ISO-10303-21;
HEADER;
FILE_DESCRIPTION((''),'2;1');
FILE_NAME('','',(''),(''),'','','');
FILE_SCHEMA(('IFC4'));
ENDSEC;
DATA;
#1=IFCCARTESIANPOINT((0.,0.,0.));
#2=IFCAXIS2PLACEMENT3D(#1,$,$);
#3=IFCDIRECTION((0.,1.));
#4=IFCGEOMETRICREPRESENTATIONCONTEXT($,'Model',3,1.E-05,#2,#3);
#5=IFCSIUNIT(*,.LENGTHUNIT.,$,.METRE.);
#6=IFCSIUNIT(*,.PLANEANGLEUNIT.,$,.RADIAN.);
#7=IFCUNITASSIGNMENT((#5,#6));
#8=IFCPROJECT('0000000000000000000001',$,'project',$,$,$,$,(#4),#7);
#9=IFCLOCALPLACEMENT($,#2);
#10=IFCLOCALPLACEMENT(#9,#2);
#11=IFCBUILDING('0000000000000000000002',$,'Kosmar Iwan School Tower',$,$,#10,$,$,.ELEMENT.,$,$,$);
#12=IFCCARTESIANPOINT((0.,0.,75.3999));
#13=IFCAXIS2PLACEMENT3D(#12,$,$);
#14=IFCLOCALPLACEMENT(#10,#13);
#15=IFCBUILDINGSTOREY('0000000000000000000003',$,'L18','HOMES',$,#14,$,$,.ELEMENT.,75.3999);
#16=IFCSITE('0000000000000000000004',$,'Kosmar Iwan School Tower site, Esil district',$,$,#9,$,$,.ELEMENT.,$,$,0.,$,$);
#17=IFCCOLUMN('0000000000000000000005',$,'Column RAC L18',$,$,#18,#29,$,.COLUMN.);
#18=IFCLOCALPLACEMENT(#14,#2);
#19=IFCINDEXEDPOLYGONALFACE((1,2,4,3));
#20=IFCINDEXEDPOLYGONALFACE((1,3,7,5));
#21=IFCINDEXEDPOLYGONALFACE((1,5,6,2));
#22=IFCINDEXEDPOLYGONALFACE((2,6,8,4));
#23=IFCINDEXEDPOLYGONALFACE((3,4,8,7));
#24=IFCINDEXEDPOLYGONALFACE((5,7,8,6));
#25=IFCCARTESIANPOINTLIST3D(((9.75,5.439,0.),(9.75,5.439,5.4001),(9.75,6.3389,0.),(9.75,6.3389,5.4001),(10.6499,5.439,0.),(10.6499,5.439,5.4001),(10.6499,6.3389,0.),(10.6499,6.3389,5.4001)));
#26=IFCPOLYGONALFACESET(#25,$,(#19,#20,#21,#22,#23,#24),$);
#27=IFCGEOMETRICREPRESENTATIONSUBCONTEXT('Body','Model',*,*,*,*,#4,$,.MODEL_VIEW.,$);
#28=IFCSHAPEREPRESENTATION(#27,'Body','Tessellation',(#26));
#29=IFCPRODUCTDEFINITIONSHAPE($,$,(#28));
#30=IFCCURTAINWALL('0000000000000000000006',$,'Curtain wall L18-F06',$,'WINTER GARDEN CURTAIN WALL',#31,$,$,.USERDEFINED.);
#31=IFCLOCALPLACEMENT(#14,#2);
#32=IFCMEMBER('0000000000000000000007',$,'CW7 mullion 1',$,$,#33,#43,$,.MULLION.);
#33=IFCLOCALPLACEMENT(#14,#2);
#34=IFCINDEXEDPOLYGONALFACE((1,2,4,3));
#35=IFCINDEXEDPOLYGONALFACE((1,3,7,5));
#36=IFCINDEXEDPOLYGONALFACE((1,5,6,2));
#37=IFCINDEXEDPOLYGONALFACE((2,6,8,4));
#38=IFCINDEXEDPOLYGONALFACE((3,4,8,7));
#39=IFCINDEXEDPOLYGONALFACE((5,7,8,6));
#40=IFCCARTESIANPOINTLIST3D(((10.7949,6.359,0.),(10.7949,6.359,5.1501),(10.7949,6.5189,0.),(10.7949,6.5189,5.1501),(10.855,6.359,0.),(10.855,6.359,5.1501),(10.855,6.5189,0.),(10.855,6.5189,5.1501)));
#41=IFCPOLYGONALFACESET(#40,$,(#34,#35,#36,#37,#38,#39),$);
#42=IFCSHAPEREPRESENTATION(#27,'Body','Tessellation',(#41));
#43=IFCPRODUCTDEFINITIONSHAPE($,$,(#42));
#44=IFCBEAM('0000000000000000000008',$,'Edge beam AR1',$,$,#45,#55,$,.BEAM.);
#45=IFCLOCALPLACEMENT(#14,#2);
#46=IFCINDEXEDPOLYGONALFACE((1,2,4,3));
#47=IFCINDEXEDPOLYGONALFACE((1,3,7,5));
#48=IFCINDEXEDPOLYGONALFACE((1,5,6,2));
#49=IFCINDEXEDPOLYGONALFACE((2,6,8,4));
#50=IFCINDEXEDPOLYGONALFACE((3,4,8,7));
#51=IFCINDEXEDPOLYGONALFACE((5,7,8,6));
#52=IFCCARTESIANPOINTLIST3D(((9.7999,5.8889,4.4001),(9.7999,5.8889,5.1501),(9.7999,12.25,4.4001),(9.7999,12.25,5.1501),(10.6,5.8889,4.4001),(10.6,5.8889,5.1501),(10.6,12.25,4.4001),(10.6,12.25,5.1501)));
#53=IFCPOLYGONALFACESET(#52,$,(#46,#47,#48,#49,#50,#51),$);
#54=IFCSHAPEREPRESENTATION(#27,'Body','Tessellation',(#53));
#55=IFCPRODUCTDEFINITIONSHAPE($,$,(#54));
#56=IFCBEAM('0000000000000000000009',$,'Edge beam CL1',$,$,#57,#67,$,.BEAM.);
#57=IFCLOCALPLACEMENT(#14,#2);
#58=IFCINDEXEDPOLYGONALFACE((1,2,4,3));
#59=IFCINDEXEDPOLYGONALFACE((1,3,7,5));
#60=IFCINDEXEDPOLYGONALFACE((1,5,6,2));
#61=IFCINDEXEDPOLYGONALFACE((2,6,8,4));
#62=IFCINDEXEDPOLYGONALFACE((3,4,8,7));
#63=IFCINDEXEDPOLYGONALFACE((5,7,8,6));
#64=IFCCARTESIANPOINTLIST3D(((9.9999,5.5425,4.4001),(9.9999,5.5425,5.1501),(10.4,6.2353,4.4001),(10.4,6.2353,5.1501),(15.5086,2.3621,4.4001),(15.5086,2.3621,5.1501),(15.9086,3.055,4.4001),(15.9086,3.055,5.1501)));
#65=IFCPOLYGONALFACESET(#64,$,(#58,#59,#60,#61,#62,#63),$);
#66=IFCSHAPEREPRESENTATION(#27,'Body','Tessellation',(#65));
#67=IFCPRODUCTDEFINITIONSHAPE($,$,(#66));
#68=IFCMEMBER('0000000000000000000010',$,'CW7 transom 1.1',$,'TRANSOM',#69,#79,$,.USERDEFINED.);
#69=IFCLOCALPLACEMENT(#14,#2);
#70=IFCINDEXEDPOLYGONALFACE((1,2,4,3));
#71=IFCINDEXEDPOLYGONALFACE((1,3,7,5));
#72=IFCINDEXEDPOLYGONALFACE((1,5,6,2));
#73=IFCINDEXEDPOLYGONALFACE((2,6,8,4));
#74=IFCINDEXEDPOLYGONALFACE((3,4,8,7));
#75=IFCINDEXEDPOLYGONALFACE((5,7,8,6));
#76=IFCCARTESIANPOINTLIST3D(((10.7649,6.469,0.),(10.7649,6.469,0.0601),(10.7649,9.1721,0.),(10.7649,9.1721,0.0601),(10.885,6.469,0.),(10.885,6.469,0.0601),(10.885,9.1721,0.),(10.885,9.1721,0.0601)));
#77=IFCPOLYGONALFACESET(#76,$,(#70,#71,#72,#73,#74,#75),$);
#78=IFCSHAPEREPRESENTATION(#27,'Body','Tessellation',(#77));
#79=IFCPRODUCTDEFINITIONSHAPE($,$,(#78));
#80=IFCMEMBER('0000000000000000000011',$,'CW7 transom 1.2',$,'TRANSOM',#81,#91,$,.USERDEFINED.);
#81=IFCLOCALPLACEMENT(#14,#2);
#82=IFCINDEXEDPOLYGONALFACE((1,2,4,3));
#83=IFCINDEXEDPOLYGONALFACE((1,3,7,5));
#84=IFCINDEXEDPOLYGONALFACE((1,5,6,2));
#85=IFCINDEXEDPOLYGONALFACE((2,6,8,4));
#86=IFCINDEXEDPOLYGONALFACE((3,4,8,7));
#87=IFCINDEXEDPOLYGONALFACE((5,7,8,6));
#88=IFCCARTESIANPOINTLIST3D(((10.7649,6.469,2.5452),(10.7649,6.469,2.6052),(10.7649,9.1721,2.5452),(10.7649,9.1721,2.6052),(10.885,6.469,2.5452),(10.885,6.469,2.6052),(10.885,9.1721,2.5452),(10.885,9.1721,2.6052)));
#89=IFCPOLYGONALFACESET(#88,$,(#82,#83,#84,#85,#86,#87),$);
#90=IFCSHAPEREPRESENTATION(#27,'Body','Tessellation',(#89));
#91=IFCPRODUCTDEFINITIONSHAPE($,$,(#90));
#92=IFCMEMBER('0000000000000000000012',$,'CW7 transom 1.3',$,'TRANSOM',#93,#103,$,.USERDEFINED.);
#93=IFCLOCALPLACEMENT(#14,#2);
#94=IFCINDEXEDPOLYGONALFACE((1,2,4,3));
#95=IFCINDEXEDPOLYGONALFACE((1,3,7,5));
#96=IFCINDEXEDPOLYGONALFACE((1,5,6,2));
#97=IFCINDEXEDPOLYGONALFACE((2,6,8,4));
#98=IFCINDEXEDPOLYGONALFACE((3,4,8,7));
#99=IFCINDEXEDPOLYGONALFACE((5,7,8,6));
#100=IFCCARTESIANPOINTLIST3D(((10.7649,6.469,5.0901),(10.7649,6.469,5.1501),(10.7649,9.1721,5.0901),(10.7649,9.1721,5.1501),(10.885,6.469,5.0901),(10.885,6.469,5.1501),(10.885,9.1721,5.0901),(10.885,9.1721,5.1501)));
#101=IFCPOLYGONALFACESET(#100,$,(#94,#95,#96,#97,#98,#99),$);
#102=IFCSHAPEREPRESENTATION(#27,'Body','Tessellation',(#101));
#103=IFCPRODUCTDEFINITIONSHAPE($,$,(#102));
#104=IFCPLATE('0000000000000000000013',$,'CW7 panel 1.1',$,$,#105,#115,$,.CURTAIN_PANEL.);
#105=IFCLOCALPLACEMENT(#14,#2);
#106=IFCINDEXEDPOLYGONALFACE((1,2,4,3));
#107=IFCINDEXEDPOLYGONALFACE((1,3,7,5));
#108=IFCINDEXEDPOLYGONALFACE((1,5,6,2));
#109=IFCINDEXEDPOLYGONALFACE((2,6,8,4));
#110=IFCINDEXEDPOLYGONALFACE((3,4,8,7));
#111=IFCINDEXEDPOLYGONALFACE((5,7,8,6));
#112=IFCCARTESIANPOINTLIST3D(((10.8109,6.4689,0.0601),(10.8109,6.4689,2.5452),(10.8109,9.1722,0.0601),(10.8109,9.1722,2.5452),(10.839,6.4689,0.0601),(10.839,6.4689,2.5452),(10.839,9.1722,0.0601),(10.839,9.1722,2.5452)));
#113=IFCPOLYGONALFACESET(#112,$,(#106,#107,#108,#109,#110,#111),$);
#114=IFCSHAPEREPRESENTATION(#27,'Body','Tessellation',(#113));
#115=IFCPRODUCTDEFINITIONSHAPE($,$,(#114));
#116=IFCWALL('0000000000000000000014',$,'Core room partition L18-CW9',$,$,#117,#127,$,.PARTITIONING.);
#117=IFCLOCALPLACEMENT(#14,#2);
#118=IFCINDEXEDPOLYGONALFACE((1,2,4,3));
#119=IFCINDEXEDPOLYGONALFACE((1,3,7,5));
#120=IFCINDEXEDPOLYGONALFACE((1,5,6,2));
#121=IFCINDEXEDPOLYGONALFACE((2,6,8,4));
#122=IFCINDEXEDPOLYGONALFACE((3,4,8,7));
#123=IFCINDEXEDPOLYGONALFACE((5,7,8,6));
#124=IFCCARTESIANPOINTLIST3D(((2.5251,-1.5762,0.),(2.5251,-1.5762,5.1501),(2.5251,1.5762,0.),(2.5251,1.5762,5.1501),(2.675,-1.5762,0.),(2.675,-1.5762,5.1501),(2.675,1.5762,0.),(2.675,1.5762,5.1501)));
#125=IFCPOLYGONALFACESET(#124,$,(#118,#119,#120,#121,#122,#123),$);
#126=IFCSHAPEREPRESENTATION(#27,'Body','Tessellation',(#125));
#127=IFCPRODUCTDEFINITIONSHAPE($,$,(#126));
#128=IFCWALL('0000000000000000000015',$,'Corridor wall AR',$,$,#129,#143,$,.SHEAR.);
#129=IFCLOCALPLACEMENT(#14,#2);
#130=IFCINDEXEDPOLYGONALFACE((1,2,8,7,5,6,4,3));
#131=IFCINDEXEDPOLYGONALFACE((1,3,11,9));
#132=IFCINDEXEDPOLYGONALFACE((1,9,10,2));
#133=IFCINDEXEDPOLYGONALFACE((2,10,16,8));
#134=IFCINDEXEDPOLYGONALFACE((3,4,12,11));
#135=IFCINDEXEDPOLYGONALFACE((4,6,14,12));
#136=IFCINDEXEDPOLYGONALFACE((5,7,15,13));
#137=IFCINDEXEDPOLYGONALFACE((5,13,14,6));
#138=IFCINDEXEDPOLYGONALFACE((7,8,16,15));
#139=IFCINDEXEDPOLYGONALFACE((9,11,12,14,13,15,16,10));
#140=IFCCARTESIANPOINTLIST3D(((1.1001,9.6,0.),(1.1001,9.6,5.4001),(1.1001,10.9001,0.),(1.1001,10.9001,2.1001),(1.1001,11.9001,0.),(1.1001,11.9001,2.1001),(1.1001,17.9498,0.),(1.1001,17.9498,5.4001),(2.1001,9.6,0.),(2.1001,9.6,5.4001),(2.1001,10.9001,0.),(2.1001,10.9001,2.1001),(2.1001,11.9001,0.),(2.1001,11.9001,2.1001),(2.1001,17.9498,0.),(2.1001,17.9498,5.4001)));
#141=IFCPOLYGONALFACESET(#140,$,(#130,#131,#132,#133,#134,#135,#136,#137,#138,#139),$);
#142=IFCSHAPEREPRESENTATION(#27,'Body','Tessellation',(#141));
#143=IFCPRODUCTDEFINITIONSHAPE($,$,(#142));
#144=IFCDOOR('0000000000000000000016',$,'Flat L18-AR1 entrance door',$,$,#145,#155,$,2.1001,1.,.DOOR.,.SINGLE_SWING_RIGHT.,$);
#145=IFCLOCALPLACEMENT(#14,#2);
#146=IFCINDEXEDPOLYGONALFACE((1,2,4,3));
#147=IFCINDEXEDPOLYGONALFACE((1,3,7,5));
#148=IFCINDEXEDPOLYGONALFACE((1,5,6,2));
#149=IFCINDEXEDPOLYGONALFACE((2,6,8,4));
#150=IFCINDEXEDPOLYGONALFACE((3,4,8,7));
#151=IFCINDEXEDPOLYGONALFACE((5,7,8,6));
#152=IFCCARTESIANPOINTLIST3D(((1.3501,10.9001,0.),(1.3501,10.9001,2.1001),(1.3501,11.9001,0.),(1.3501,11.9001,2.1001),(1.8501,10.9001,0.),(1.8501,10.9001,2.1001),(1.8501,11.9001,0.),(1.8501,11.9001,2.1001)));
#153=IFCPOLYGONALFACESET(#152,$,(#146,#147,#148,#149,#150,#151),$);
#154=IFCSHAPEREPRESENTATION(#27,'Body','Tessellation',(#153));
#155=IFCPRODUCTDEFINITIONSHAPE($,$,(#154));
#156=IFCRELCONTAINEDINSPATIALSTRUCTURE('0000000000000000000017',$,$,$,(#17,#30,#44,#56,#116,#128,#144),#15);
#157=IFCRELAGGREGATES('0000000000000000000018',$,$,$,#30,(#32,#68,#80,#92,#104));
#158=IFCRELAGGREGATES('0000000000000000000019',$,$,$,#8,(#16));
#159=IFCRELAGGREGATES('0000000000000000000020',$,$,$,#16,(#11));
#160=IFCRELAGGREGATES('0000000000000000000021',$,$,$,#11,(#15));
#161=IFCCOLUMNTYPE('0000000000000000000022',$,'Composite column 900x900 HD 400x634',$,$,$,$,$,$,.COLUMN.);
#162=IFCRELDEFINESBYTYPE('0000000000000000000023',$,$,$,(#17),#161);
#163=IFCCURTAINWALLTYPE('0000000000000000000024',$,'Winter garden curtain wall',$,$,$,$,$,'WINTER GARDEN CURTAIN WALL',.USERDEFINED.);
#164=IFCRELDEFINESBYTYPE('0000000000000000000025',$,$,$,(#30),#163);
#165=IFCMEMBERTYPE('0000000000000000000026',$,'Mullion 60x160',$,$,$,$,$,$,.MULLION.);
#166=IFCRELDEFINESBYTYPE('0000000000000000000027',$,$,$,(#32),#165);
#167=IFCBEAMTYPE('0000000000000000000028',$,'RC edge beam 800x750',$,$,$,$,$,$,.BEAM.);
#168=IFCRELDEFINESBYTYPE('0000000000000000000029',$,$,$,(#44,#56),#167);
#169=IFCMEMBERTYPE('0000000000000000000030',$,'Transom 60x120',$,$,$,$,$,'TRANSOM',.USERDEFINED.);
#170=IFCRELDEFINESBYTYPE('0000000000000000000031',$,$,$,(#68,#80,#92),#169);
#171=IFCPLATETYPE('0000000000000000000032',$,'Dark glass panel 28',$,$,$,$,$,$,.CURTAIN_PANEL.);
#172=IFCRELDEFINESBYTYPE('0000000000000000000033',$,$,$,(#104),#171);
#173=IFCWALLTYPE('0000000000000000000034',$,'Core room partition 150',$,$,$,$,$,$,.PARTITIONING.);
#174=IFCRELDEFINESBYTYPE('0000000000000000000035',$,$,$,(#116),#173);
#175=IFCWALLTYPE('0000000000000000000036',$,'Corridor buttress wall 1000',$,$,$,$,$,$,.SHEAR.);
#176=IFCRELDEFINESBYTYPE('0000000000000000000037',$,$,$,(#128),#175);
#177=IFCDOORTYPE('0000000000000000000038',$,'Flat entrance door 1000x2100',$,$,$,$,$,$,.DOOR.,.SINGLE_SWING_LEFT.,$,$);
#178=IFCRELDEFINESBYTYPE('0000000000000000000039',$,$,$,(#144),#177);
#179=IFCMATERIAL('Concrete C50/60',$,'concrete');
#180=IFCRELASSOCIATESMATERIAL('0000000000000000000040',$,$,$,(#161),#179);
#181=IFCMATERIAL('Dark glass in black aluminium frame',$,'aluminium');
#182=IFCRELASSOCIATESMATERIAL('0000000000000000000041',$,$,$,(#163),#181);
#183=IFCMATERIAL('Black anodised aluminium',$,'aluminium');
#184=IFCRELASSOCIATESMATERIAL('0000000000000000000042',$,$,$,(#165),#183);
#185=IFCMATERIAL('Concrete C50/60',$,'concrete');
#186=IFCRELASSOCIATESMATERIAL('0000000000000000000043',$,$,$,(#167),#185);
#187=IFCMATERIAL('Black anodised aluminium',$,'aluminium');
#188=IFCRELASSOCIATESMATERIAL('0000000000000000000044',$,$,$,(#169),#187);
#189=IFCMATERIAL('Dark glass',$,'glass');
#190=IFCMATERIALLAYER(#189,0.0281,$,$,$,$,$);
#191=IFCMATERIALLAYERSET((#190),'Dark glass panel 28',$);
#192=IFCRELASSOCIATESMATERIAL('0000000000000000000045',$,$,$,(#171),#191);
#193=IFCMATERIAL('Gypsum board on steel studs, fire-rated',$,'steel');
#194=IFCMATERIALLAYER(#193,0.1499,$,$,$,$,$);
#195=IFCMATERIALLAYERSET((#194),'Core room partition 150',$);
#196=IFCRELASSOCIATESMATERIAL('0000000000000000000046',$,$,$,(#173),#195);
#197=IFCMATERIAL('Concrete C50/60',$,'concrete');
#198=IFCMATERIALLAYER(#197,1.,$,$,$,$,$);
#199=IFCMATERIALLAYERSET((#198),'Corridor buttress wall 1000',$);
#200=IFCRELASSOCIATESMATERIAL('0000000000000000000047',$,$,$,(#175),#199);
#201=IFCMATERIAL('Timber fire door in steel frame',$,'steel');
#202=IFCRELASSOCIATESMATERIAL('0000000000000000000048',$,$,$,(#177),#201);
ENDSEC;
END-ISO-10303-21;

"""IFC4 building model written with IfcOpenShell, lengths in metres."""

from ifc_helpers import new_model, si_unit, direction, frame, frame_2d, origin, origin_2d, place, context, subcontext, project, spatial, rectangle, extrude, material, layer, layer_set, material_profile, profile_set, type_object, element, fill, aggregate, save


model = new_model("IFC4")

# Units and contexts
model_context = context("Model", 3, precision=1e-05, world=origin(), true_north=direction((0.0, 1.0)))
body_context = subcontext(model_context, "Body", "Model", "MODEL_VIEW")
ifc_project = project(units=[si_unit("LENGTHUNIT", "METRE"), si_unit("PLANEANGLEUNIT", "RADIAN")], contexts=[model_context])

# Site, building, storey
site_placement = place(None, origin())
site = spatial("IfcSite", under=ifc_project, at=site_placement, Name="Kosmar Iwan School Tower site, Esil district", CompositionType="ELEMENT", RefElevation=0.0)
building_placement = place(site_placement, origin())
building = spatial("IfcBuilding", under=site, at=building_placement, Name="Kosmar Iwan School Tower", CompositionType="ELEMENT")
storey_placement = place(building_placement, frame((0.0, 0.0, 75.3999)))
storey = spatial("IfcBuildingStorey", under=building, at=storey_placement, Name="L18", Description="HOMES", CompositionType="ELEMENT", Elevation=75.3999)

# Column
ifc_material_1 = material(Name="Concrete C50/60", Category="concrete")
ifc_material_profile_1 = material_profile(ifc_material_1, rectangle(XDim=0.8999, YDim=0.8999, at=origin_2d()), Name="RC 900x900 + HD 400x634")
ifc_profile_set_1 = profile_set([ifc_material_profile_1], Name="Concrete C50/60")
column_type = type_object("IfcColumnType", Name="Composite column 900x900 HD 400x634", PredefinedType="COLUMN", material=ifc_profile_set_1)
column_placement = place(storey_placement, frame((10.2, 5.8889, 0.0), z_axis=(0.0, 0.0, 1.0), x_axis=(1.0, 0.0, 0.0)))
element("IfcColumn", 1, at=column_placement, inside=storey, type_object=column_type, Name="Column RAC L18", PredefinedType="COLUMN", context=body_context, shape_type="SweptSolid", body=[
    extrude(rectangle(XDim=0.8999, YDim=0.8999, at=origin_2d()), origin(), (0.0, 0.0, 1.0), 5.4001),
])

# Curtain wall, member
ifc_material_2 = material(Name="Dark glass in black aluminium frame", Category="aluminium")
curtain_wall_type = type_object("IfcCurtainWallType", Name="Winter garden curtain wall", ElementType="WINTER GARDEN CURTAIN WALL", PredefinedType="USERDEFINED", material=ifc_material_2)
curtain_wall_placement = place(storey_placement, origin())
curtain_wall = element("IfcCurtainWall", 2, at=curtain_wall_placement, inside=storey, type_object=curtain_wall_type, Name="Curtain wall L18-F06", ObjectType="WINTER GARDEN CURTAIN WALL", PredefinedType="USERDEFINED")
ifc_material_3 = material(Name="Black anodised aluminium", Category="aluminium")
ifc_material_profile_2 = material_profile(ifc_material_3, rectangle(XDim=0.0601, YDim=0.1599, at=origin_2d()), Name="MULLION 60x160")
ifc_profile_set_2 = profile_set([ifc_material_profile_2], Name="Black anodised aluminium")
member_type_1 = type_object("IfcMemberType", Name="Mullion 60x160", PredefinedType="MULLION", material=ifc_profile_set_2)
member_1_placement = place(storey_placement, frame((10.825, 6.439, 0.0), z_axis=(0.0, 0.0, 1.0), x_axis=(-1.0, 0.0, 0.0)))
member_1 = element("IfcMember", 3, at=member_1_placement, type_object=member_type_1, Name="CW7 mullion 1", PredefinedType="MULLION", context=body_context, shape_type="SweptSolid", body=[
    extrude(rectangle(XDim=0.0601, YDim=0.1599, at=origin_2d()), origin(), (0.0, 0.0, 1.0), 5.1501),
])

# Beams
ifc_material_4 = material(Name="Concrete C50/60", Category="concrete")
ifc_material_profile_3 = material_profile(ifc_material_4, rectangle(XDim=0.8, YDim=0.75, at=origin_2d()), Name="RC 800x750")
ifc_profile_set_3 = profile_set([ifc_material_profile_3], Name="Concrete C50/60")
beam_type = type_object("IfcBeamType", Name="RC edge beam 800x750", PredefinedType="BEAM", material=ifc_profile_set_3)
beam_1_placement = place(storey_placement, frame((10.2, 5.8889, 4.7751), z_axis=(0.0, 1.0, 0.0), x_axis=(-1.0, 0.0, 0.0)))
element("IfcBeam", 4, at=beam_1_placement, inside=storey, type_object=beam_type, Name="Edge beam AR1", PredefinedType="BEAM", context=body_context, shape_type="SweptSolid", body=[
    extrude(rectangle(XDim=0.8, YDim=0.75, at=origin_2d()), origin(), (0.0, 0.0, 1.0), 6.3611),
])
beam_2_placement = place(storey_placement, frame((10.2, 5.8889, 4.7751), z_axis=(0.866031, -0.49999, 0.0), x_axis=(0.49999, 0.866031, 0.0)))
element("IfcBeam", 5, at=beam_2_placement, inside=storey, type_object=beam_type, Name="Edge beam CL1", PredefinedType="BEAM", context=body_context, shape_type="SweptSolid", body=[
    extrude(rectangle(XDim=0.8, YDim=0.75, at=origin_2d()), origin(), (0.0, 0.0, 1.0), 6.3608),
])

# Members
ifc_material_5 = material(Name="Black anodised aluminium", Category="aluminium")
ifc_material_profile_4 = material_profile(ifc_material_5, rectangle(XDim=0.1201, YDim=0.0601, at=origin_2d()), Name="TRANSOM 60x120")
ifc_profile_set_4 = profile_set([ifc_material_profile_4], Name="Black anodised aluminium")
member_type_2 = type_object("IfcMemberType", Name="Transom 60x120", ElementType="TRANSOM", PredefinedType="USERDEFINED", material=ifc_profile_set_4)
member_2_placement = place(storey_placement, frame((10.825, 6.469, 0.03), z_axis=(0.0, 1.0, 0.0), x_axis=(-1.0, 0.0, 0.0)))
member_2 = element("IfcMember", 6, at=member_2_placement, type_object=member_type_2, Name="CW7 transom 1.1", ObjectType="TRANSOM", PredefinedType="USERDEFINED", context=body_context, shape_type="SweptSolid", body=[
    extrude(rectangle(XDim=0.1201, YDim=0.0601, at=origin_2d()), origin(), (0.0, 0.0, 1.0), 2.7031),
])
member_3_placement = place(storey_placement, frame((10.825, 6.469, 2.5752), z_axis=(0.0, 1.0, 0.0), x_axis=(-1.0, 0.0, 0.0)))
member_3 = element("IfcMember", 7, at=member_3_placement, type_object=member_type_2, Name="CW7 transom 1.2", ObjectType="TRANSOM", PredefinedType="USERDEFINED", context=body_context, shape_type="SweptSolid", body=[
    extrude(rectangle(XDim=0.1201, YDim=0.0601, at=origin_2d()), origin(), (0.0, 0.0, 1.0), 2.7031),
])
member_4_placement = place(storey_placement, frame((10.825, 6.469, 5.1201), z_axis=(0.0, 1.0, 0.0), x_axis=(-1.0, 0.0, 0.0)))
member_4 = element("IfcMember", 8, at=member_4_placement, type_object=member_type_2, Name="CW7 transom 1.3", ObjectType="TRANSOM", PredefinedType="USERDEFINED", context=body_context, shape_type="SweptSolid", body=[
    extrude(rectangle(XDim=0.1201, YDim=0.0601, at=origin_2d()), origin(), (0.0, 0.0, 1.0), 2.7031),
])

# Plate
ifc_material_6 = material(Name="Dark glass", Category="glass")
ifc_layer_1 = layer(ifc_material_6, 0.0281)
ifc_layer_set_1 = layer_set([ifc_layer_1], Name="Dark glass panel 28")
plate_type = type_object("IfcPlateType", Name="Dark glass panel 28", PredefinedType="CURTAIN_PANEL", material=ifc_layer_set_1)
plate_placement = place(storey_placement, frame((10.825, 7.8206, 0.0601), z_axis=(0.0, 0.0, 1.0), x_axis=(0.0, 1.0, 0.0)))
plate = element("IfcPlate", 9, at=plate_placement, type_object=plate_type, Name="CW7 panel 1.1", PredefinedType="CURTAIN_PANEL", context=body_context, shape_type="SweptSolid", body=[
    extrude(rectangle(XDim=2.7034, YDim=0.0281, at=origin_2d()), origin(), (0.0, 0.0, 1.0), 2.4851),
])
aggregate(curtain_wall, [member_1, member_2, member_3, member_4, plate])

# Wall
ifc_material_7 = material(Name="Gypsum board on steel studs, fire-rated", Category="steel")
ifc_layer_2 = layer(ifc_material_7, 0.1499)
ifc_layer_set_2 = layer_set([ifc_layer_2], Name="Core room partition 150")
wall_type_1 = type_object("IfcWallType", Name="Core room partition 150", PredefinedType="PARTITIONING", material=ifc_layer_set_2)
wall_1_placement = place(storey_placement, frame((2.6001, 1.5762, 0.0), z_axis=(0.0, 0.0, 1.0), x_axis=(0.0, -1.0, 0.0)))
element("IfcWall", 10, at=wall_1_placement, inside=storey, type_object=wall_type_1, Name="Core room partition L18-CW9", PredefinedType="PARTITIONING", context=body_context, shape_type="SweptSolid", body=[
    extrude(rectangle(XDim=3.1523, YDim=0.1499, at=frame_2d((1.5762, 0.0))), origin(), (0.0, 0.0, 1.0), 5.1501),
])

# Wall, opening, door
ifc_material_8 = material(Name="Concrete C50/60", Category="concrete")
ifc_layer_3 = layer(ifc_material_8, 1.0)
ifc_layer_set_3 = layer_set([ifc_layer_3], Name="Corridor buttress wall 1000")
wall_type_2 = type_object("IfcWallType", Name="Corridor buttress wall 1000", PredefinedType="SHEAR", material=ifc_layer_set_3)
wall_2_placement = place(storey_placement, frame((1.6001, 9.6001, 0.0), z_axis=(0.0, 0.0, 1.0), x_axis=(0.0, 1.0, 0.0)))
wall_2 = element("IfcWall", 11, at=wall_2_placement, inside=storey, type_object=wall_type_2, Name="Corridor wall AR", PredefinedType="SHEAR", context=body_context, shape_type="SweptSolid", body=[
    extrude(rectangle(XDim=8.3499, YDim=1.0, at=frame_2d((4.1748, 0.0))), origin(), (0.0, 0.0, 1.0), 5.4001),
])
opening_1_placement = place(wall_2_placement, frame((1.3, 0.0, 0.0)))
opening_1 = element("IfcOpeningElement", 12, at=opening_1_placement, cuts=wall_2, PredefinedType="OPENING", context=body_context, shape_type="SweptSolid", body=[
    extrude(rectangle(XDim=1.0, YDim=2.1001, at=frame_2d((0.5, 1.05))), frame((0.0, 0.512, 0.0), z_axis=(0.0, -1.0, 0.0), x_axis=(1.0, 0.0, 0.0)), (0.0, 0.0, 1.0), 1.0239),
])
ifc_material_9 = material(Name="Timber fire door in steel frame", Category="steel")
door_type_1 = type_object("IfcDoorType", Name="Flat entrance door 1000x2100", OperationType="SINGLE_SWING_LEFT", PredefinedType="DOOR", material=ifc_material_9)
door_1_placement = place(opening_1_placement, origin())
door_1 = element("IfcDoor", 13, at=door_1_placement, inside=storey, type_object=door_type_1, Name="Flat L18-AR1 entrance door", OperationType="SINGLE_SWING_RIGHT", OverallHeight=2.1001, OverallWidth=1.0, PredefinedType="DOOR", context=body_context, shape_type="SweptSolid", body=[
    extrude(rectangle(XDim=1.0, YDim=2.1001, at=frame_2d((0.5, 1.05))), frame((0.0, 0.25, 0.0), z_axis=(0.0, -1.0, 0.0), x_axis=(1.0, 0.0, 0.0)), (0.0, 0.0, 1.0), 0.5),
])
fill(opening_1, door_1)

save(model, "model.ifc")
